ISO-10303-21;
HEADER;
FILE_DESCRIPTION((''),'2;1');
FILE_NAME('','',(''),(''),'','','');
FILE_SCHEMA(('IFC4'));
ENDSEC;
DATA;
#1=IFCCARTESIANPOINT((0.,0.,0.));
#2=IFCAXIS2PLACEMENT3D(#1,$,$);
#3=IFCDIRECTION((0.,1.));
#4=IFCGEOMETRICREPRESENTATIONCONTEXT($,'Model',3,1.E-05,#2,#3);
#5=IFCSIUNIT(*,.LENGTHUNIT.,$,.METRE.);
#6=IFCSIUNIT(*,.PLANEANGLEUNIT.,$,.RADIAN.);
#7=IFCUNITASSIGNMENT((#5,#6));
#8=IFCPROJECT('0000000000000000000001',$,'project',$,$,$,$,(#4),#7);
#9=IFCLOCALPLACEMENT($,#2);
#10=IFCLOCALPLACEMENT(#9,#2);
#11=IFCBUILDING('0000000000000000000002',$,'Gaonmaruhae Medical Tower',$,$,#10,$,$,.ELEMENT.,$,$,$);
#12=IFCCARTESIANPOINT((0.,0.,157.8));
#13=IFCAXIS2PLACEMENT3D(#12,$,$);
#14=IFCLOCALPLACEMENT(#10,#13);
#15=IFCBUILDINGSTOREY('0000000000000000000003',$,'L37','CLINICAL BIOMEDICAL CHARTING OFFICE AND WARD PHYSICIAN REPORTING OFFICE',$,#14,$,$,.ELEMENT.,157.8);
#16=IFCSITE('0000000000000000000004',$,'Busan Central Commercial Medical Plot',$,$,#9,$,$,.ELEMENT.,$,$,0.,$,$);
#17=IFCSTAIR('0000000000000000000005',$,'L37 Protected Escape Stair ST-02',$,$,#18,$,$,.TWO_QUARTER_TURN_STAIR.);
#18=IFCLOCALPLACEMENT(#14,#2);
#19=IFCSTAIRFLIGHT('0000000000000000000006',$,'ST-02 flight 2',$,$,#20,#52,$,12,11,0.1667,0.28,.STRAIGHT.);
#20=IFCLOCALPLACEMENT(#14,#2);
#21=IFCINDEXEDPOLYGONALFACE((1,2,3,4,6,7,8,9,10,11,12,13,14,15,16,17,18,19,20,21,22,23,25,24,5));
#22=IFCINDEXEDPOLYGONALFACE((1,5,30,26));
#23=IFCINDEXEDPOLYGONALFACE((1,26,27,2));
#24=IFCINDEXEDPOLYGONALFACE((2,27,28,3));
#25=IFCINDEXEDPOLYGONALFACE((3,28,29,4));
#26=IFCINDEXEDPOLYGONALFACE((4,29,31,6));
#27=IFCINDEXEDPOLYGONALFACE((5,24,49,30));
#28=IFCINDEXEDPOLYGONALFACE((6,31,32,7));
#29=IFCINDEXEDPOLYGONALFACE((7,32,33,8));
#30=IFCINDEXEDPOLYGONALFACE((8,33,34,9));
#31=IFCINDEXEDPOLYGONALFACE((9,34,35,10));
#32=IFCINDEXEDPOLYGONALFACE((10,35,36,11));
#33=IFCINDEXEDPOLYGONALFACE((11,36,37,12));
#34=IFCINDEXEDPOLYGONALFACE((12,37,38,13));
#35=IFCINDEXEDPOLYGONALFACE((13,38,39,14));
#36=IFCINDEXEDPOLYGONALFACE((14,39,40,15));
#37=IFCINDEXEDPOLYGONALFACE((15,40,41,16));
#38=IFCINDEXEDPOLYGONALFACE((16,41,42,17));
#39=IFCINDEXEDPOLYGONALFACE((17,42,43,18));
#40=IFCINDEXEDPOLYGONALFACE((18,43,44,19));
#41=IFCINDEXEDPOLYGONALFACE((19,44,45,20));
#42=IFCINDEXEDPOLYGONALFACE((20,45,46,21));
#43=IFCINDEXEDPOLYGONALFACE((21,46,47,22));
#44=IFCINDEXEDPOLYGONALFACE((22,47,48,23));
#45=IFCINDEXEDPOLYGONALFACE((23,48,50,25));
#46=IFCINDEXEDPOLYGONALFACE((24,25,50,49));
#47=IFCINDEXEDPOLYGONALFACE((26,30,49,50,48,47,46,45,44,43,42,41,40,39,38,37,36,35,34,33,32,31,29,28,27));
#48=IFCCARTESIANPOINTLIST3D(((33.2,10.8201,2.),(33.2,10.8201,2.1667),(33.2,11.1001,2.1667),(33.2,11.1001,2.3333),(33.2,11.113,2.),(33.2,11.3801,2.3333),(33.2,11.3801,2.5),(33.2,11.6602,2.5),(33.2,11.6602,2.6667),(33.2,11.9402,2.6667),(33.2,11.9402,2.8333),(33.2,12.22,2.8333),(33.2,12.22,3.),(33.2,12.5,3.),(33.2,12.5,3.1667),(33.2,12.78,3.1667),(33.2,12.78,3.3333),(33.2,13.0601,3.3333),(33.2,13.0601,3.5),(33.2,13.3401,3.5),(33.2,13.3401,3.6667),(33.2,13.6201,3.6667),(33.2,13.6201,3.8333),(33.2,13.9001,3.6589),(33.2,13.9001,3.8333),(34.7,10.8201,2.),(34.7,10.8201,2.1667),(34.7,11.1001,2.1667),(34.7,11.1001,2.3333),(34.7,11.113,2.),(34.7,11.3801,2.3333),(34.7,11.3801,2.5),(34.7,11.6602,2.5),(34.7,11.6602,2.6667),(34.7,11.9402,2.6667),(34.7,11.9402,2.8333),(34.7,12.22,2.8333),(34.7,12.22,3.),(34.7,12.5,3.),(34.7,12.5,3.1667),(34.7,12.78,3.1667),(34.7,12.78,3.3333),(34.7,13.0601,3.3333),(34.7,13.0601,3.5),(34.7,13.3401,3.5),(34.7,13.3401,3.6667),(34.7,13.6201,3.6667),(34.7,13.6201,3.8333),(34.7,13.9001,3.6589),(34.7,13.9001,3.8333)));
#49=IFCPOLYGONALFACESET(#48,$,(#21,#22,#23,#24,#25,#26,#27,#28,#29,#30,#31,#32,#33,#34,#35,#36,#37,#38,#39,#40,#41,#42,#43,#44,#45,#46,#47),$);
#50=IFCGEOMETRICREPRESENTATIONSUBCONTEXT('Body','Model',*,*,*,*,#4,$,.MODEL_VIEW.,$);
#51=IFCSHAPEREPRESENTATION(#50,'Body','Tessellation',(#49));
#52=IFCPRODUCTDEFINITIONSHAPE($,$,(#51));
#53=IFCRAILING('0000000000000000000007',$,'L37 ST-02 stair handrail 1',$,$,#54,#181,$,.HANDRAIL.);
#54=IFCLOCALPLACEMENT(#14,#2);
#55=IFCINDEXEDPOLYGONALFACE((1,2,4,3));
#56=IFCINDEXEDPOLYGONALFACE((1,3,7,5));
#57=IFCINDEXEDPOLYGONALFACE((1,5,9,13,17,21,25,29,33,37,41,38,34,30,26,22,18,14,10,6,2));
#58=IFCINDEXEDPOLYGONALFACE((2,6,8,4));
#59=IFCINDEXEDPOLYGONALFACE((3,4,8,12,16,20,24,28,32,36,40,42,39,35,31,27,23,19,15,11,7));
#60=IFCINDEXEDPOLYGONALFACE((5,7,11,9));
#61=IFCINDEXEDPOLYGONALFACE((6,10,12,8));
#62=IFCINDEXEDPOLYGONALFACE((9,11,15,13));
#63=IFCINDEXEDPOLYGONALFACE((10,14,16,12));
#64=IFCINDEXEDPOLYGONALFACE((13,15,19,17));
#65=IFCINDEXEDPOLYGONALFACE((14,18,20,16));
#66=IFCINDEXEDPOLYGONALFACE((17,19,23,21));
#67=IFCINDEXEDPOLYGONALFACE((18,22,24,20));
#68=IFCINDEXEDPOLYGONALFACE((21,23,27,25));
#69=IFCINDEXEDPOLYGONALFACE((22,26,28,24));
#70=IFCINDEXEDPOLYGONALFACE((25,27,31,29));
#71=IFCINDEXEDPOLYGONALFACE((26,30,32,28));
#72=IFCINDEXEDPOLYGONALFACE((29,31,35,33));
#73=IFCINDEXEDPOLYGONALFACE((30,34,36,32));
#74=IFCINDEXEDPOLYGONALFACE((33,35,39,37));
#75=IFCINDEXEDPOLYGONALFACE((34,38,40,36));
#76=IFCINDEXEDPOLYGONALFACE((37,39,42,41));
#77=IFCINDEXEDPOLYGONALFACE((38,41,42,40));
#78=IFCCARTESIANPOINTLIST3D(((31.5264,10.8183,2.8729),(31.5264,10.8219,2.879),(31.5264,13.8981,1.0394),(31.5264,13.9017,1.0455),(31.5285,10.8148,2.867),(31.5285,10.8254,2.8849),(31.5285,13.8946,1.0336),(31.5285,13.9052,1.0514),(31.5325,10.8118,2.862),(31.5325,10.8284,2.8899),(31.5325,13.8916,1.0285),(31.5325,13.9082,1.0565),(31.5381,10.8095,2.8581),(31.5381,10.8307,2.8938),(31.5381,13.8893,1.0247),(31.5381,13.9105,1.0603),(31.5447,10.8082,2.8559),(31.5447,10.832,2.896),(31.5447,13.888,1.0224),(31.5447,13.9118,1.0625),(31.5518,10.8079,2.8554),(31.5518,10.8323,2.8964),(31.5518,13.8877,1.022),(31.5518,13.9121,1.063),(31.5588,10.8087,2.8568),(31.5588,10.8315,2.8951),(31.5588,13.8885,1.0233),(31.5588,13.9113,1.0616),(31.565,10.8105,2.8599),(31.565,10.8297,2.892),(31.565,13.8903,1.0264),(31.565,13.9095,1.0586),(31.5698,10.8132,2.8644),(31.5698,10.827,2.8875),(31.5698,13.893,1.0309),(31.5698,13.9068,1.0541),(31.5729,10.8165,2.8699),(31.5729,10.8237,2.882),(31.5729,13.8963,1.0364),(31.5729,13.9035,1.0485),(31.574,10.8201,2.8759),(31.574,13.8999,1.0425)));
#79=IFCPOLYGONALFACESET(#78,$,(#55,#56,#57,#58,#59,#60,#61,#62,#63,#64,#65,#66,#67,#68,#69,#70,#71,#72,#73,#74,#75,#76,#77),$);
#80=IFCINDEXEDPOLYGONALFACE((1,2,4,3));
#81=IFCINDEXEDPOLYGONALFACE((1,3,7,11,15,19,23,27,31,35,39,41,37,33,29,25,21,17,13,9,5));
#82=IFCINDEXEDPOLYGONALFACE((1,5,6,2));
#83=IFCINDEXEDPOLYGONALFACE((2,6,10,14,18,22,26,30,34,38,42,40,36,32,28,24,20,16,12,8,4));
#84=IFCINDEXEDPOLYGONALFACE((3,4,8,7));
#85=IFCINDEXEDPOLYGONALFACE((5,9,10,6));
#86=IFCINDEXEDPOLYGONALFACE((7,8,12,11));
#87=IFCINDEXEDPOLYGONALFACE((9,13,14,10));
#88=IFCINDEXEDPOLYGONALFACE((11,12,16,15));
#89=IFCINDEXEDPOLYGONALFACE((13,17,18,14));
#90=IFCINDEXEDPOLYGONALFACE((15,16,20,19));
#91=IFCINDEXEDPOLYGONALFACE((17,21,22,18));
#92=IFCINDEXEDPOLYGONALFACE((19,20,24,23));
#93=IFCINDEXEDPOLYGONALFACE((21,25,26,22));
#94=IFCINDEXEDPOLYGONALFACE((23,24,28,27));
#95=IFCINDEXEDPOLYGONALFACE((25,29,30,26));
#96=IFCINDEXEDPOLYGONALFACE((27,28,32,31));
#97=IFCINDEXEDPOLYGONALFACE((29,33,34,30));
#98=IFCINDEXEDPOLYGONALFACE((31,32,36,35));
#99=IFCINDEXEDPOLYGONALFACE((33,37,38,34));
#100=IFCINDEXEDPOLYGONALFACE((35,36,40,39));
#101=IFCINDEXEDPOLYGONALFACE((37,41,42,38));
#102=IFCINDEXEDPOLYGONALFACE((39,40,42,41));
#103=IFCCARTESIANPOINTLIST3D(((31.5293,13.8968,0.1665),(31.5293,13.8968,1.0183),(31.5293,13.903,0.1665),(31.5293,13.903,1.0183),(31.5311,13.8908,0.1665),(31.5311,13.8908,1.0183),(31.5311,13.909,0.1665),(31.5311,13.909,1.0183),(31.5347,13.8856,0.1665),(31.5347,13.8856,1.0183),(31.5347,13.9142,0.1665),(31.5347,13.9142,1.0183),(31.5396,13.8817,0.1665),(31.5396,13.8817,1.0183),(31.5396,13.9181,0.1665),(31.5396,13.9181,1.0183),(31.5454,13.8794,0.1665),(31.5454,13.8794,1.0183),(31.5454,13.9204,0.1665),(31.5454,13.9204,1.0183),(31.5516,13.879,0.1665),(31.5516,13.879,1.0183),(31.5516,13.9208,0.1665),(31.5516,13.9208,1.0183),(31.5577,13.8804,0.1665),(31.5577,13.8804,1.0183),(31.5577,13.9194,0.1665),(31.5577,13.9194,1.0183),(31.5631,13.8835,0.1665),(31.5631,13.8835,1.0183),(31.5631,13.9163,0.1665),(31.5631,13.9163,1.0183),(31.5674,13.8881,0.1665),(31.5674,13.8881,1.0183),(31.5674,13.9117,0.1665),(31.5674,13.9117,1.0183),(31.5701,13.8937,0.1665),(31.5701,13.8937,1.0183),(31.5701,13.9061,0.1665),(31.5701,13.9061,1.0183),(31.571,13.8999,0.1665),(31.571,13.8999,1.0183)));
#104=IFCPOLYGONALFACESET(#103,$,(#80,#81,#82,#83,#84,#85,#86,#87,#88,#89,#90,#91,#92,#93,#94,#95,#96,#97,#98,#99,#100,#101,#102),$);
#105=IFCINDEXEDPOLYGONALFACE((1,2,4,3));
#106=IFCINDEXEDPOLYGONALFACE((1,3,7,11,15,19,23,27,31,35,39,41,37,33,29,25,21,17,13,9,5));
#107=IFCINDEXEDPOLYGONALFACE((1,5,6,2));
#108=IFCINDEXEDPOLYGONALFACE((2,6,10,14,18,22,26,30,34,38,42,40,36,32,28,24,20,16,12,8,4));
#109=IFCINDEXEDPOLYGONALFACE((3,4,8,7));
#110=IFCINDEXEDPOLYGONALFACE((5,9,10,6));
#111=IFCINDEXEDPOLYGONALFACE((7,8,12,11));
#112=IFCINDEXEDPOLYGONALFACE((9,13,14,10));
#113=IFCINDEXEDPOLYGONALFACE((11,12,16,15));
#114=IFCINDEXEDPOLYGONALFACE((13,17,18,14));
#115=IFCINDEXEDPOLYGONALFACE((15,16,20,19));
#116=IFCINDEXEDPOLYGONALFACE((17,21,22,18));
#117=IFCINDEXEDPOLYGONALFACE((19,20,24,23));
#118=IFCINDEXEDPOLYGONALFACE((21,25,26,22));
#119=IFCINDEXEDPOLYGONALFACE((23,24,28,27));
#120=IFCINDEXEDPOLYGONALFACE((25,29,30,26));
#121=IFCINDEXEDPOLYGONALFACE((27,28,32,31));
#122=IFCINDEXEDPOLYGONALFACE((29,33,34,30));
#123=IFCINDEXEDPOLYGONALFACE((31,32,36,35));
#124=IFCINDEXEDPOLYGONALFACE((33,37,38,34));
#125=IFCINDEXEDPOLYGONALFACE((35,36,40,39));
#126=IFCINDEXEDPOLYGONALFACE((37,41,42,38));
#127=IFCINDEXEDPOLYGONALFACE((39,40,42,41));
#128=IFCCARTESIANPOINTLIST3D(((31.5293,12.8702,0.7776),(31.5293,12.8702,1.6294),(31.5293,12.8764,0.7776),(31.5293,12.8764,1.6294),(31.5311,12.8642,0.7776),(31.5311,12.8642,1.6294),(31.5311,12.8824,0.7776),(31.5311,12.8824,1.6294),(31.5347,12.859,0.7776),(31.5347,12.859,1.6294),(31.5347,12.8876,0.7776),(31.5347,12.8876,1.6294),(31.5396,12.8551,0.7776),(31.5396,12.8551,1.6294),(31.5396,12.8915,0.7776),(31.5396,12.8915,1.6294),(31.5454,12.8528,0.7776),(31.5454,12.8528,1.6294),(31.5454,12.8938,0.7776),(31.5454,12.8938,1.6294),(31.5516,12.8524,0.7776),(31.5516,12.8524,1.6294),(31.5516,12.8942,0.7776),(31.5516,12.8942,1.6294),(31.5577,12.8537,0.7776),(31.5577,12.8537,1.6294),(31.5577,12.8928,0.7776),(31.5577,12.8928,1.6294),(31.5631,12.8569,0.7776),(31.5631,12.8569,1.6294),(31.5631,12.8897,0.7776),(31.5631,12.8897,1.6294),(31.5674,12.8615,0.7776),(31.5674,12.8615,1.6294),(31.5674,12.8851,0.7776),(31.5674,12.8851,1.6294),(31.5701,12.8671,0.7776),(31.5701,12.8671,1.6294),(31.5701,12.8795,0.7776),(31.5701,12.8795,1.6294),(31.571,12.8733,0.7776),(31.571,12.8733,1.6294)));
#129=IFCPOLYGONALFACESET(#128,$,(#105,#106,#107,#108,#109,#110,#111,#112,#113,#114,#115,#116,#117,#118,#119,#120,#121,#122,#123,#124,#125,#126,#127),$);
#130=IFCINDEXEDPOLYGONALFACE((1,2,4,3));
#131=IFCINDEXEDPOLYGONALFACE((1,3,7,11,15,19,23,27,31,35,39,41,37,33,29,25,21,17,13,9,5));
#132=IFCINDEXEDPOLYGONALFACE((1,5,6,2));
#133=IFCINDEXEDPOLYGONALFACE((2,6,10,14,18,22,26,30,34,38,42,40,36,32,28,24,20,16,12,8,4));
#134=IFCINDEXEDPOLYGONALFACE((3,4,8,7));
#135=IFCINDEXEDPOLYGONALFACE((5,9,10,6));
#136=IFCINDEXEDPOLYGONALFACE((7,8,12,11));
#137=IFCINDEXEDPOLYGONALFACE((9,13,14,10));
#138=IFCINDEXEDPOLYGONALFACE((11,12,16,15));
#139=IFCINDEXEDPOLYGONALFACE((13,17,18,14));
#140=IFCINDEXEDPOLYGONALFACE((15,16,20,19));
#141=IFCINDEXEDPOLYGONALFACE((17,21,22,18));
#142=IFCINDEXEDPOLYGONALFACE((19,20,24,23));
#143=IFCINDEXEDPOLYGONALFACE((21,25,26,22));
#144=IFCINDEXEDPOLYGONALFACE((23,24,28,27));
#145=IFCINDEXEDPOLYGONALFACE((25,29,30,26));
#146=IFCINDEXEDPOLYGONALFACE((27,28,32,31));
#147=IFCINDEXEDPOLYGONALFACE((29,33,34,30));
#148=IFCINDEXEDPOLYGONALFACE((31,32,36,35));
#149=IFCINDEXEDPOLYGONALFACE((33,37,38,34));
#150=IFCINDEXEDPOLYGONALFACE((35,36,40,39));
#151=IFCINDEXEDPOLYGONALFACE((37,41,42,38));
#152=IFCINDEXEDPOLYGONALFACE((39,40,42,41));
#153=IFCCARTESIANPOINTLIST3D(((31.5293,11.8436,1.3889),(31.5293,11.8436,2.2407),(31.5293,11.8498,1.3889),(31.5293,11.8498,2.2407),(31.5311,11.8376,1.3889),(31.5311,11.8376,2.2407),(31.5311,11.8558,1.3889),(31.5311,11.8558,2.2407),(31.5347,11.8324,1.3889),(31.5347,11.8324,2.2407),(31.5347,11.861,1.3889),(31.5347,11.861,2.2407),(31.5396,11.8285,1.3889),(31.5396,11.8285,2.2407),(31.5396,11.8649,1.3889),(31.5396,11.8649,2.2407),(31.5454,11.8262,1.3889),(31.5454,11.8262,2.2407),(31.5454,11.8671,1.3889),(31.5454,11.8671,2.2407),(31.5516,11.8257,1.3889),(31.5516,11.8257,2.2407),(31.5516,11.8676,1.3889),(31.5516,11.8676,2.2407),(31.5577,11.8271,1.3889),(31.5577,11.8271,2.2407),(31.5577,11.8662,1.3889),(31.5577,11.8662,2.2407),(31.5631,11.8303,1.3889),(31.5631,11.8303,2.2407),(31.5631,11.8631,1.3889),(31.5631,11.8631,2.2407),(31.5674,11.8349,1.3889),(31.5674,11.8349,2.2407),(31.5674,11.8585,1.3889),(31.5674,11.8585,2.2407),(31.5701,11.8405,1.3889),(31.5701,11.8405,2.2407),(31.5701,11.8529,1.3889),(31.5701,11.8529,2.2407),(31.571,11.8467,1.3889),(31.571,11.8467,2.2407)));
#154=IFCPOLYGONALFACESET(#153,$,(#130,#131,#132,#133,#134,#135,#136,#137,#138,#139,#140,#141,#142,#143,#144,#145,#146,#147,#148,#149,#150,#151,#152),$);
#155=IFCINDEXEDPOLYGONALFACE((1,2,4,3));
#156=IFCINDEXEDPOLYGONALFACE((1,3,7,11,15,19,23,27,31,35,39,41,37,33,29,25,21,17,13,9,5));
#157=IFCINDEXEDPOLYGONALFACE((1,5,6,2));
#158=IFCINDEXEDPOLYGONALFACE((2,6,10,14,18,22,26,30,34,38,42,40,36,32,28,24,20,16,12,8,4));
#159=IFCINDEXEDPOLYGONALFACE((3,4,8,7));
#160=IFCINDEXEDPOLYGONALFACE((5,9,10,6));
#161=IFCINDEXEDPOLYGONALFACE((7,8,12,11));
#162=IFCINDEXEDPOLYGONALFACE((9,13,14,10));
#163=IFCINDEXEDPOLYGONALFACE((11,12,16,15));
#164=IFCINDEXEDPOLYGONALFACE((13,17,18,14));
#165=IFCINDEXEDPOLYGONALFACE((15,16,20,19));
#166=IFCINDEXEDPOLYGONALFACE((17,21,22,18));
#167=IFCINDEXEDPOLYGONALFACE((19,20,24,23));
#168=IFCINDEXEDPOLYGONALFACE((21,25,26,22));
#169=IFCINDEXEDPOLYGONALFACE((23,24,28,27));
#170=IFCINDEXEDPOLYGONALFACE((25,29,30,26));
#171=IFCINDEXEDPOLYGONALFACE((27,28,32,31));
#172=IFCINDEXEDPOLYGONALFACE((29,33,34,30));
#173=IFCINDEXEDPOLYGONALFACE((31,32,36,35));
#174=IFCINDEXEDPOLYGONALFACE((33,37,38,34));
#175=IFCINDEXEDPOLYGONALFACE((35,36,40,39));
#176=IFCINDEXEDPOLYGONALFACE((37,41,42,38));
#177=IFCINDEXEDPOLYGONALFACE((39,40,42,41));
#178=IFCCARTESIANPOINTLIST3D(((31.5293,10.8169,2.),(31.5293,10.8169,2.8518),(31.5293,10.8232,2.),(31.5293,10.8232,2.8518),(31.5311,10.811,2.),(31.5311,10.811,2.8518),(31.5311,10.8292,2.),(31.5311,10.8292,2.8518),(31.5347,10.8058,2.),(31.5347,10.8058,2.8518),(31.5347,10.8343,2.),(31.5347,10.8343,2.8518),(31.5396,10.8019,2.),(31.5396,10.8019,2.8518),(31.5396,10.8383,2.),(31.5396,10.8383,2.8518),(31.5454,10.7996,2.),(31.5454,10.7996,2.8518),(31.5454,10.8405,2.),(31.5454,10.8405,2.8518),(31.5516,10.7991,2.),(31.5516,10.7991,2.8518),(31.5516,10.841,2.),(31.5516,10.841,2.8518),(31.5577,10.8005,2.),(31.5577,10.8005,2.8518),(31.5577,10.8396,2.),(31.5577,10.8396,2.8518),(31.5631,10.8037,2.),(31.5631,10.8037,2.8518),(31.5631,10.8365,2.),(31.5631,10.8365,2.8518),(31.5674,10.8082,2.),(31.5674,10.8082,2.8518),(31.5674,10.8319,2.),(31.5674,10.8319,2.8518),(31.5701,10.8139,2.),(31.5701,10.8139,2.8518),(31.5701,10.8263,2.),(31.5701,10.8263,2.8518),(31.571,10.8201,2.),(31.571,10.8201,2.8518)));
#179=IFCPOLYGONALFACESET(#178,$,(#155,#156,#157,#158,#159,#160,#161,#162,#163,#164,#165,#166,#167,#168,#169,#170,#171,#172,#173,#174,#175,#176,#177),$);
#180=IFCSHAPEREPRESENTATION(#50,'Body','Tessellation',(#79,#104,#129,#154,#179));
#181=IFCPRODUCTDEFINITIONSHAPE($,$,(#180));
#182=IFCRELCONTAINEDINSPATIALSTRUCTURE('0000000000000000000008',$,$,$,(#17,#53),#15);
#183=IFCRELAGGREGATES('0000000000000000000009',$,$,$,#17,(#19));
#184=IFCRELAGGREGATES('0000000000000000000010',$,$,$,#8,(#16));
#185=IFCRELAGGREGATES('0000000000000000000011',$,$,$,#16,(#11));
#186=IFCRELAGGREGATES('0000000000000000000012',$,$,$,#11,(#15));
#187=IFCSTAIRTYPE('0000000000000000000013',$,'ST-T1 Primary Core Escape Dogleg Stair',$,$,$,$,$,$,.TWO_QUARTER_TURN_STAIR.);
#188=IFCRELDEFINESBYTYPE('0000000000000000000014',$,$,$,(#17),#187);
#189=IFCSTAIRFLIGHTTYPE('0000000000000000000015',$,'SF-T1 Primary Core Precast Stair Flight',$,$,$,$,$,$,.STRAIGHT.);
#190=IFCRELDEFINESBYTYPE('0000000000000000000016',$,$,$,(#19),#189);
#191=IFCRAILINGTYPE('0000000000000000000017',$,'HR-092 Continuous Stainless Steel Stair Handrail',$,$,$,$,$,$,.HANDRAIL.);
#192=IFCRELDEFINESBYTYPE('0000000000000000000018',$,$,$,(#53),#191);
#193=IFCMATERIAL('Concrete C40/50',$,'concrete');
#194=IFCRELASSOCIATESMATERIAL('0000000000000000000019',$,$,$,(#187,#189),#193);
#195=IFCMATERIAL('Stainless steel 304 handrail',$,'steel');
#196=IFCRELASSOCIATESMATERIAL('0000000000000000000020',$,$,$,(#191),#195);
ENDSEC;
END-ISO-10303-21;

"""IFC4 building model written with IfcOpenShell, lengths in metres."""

from ifc_helpers import new_model, si_unit, direction, frame, origin, origin_2d, place, context, subcontext, project, spatial, polyline, circle, outline, extrude, material, type_object, element, aggregate, save


model = new_model("IFC4")

# Units and contexts
model_context = context("Model", 3, precision=1e-05, world=origin(), true_north=direction((0.0, 1.0)))
body_context = subcontext(model_context, "Body", "Model", "MODEL_VIEW")
ifc_project = project(units=[si_unit("LENGTHUNIT", "METRE"), si_unit("PLANEANGLEUNIT", "RADIAN")], contexts=[model_context])

# Site, building, storey
site_placement = place(None, origin())
site = spatial("IfcSite", under=ifc_project, at=site_placement, Name="Busan Central Commercial Medical Plot", CompositionType="ELEMENT", RefElevation=0.0)
building_placement = place(site_placement, origin())
building = spatial("IfcBuilding", under=site, at=building_placement, Name="Gaonmaruhae Medical Tower", CompositionType="ELEMENT")
storey_placement = place(building_placement, frame((0.0, 0.0, 157.8)))
storey = spatial("IfcBuildingStorey", under=building, at=storey_placement, Name="L37", Description="CLINICAL BIOMEDICAL CHARTING OFFICE AND WARD PHYSICIAN REPORTING OFFICE", CompositionType="ELEMENT", Elevation=157.8)

# Stair, stair flight
ifc_material_1 = material(Name="Concrete C40/50", Category="concrete")
stair_type = type_object("IfcStairType", Name="ST-T1 Primary Core Escape Dogleg Stair", PredefinedType="TWO_QUARTER_TURN_STAIR", material=ifc_material_1)
stair_placement = place(storey_placement, origin())
stair = element("IfcStair", 1, at=stair_placement, inside=storey, type_object=stair_type, Name="L37 Protected Escape Stair ST-02", PredefinedType="TWO_QUARTER_TURN_STAIR")
stair_flight_type = type_object("IfcStairFlightType", Name="SF-T1 Primary Core Precast Stair Flight", PredefinedType="STRAIGHT", material=ifc_material_1)
stair_flight_1_placement = place(storey_placement, frame((33.95, 10.8201, 2.0), z_axis=(0.0, 0.0, 1.0), x_axis=(0.0, 1.0, 0.0)))
stair_flight_1 = element("IfcStairFlight", 2, at=stair_flight_1_placement, type_object=stair_flight_type, Name="ST-02 flight 2", NumberOfRisers=12, NumberOfTreads=11, PredefinedType="STRAIGHT", RiserHeight=0.1667, TreadLength=0.28, context=body_context, shape_type="SweptSolid", body=[
    extrude(outline(polyline([(0.0, 0.0), (0.0, 0.1667), (0.28, 0.1667), (0.28, 0.3333), (0.5601, 0.3333), (0.5601, 0.5), (0.8401, 0.5), (0.8401, 0.6667), (1.1201, 0.6667), (1.1201, 0.8333), (1.3999, 0.8333), (1.3999, 1.0), (1.6799, 1.0), (1.6799, 1.1667), (1.96, 1.1667), (1.96, 1.3333), (2.24, 1.3333), (2.24, 1.5), (2.52, 1.5), (2.52, 1.6667), (2.8, 1.6667), (2.8, 1.8333), (3.0801, 1.8333), (3.0801, 2.0), (3.0801, 1.6589), (0.293, 0.0), (0.0, 0.0)])), frame((0.0, 0.75, 0.0), z_axis=(0.0, -1.0, 0.0), x_axis=(1.0, 0.0, 0.0)), (0.0, 0.0, 1.0), 1.5),
])
aggregate(stair, [stair_flight_1])

# Railing
ifc_material_2 = material(Name="Stainless steel 304 handrail", Category="steel")
railing_type_1 = type_object("IfcRailingType", Name="HR-092 Continuous Stainless Steel Stair Handrail", PredefinedType="HANDRAIL", material=ifc_material_2)
railing_1_placement = place(storey_placement, frame((31.55, 13.8999, 0.1665)))
element("IfcRailing", 3, at=railing_1_placement, inside=storey, type_object=railing_type_1, Name="L37 ST-02 stair handrail 1", PredefinedType="HANDRAIL", context=body_context, shape_type="SweptSolid", body=[
    extrude(circle(Radius=0.0239, at=origin_2d()), frame((0.0, 0.0, 0.876), z_axis=(0.0, -0.859261, 0.511538), x_axis=(1.0, 0.0, 0.0)), (0.0, 0.0, 1.0), 3.5842),
    extrude(circle(Radius=0.021, at=origin_2d()), origin(), (0.0, 0.0, 1.0), 0.8518),
    extrude(circle(Radius=0.021, at=origin_2d()), frame((0.0, -1.0266, 0.6111)), (0.0, 0.0, 1.0), 0.8518),
    extrude(circle(Radius=0.021, at=origin_2d()), frame((0.0, -2.0532, 1.2224)), (0.0, 0.0, 1.0), 0.8518),
    extrude(circle(Radius=0.021, at=origin_2d()), frame((0.0, -3.0798, 1.8335)), (0.0, 0.0, 1.0), 0.8518),
])

save(model, "model.ifc")
